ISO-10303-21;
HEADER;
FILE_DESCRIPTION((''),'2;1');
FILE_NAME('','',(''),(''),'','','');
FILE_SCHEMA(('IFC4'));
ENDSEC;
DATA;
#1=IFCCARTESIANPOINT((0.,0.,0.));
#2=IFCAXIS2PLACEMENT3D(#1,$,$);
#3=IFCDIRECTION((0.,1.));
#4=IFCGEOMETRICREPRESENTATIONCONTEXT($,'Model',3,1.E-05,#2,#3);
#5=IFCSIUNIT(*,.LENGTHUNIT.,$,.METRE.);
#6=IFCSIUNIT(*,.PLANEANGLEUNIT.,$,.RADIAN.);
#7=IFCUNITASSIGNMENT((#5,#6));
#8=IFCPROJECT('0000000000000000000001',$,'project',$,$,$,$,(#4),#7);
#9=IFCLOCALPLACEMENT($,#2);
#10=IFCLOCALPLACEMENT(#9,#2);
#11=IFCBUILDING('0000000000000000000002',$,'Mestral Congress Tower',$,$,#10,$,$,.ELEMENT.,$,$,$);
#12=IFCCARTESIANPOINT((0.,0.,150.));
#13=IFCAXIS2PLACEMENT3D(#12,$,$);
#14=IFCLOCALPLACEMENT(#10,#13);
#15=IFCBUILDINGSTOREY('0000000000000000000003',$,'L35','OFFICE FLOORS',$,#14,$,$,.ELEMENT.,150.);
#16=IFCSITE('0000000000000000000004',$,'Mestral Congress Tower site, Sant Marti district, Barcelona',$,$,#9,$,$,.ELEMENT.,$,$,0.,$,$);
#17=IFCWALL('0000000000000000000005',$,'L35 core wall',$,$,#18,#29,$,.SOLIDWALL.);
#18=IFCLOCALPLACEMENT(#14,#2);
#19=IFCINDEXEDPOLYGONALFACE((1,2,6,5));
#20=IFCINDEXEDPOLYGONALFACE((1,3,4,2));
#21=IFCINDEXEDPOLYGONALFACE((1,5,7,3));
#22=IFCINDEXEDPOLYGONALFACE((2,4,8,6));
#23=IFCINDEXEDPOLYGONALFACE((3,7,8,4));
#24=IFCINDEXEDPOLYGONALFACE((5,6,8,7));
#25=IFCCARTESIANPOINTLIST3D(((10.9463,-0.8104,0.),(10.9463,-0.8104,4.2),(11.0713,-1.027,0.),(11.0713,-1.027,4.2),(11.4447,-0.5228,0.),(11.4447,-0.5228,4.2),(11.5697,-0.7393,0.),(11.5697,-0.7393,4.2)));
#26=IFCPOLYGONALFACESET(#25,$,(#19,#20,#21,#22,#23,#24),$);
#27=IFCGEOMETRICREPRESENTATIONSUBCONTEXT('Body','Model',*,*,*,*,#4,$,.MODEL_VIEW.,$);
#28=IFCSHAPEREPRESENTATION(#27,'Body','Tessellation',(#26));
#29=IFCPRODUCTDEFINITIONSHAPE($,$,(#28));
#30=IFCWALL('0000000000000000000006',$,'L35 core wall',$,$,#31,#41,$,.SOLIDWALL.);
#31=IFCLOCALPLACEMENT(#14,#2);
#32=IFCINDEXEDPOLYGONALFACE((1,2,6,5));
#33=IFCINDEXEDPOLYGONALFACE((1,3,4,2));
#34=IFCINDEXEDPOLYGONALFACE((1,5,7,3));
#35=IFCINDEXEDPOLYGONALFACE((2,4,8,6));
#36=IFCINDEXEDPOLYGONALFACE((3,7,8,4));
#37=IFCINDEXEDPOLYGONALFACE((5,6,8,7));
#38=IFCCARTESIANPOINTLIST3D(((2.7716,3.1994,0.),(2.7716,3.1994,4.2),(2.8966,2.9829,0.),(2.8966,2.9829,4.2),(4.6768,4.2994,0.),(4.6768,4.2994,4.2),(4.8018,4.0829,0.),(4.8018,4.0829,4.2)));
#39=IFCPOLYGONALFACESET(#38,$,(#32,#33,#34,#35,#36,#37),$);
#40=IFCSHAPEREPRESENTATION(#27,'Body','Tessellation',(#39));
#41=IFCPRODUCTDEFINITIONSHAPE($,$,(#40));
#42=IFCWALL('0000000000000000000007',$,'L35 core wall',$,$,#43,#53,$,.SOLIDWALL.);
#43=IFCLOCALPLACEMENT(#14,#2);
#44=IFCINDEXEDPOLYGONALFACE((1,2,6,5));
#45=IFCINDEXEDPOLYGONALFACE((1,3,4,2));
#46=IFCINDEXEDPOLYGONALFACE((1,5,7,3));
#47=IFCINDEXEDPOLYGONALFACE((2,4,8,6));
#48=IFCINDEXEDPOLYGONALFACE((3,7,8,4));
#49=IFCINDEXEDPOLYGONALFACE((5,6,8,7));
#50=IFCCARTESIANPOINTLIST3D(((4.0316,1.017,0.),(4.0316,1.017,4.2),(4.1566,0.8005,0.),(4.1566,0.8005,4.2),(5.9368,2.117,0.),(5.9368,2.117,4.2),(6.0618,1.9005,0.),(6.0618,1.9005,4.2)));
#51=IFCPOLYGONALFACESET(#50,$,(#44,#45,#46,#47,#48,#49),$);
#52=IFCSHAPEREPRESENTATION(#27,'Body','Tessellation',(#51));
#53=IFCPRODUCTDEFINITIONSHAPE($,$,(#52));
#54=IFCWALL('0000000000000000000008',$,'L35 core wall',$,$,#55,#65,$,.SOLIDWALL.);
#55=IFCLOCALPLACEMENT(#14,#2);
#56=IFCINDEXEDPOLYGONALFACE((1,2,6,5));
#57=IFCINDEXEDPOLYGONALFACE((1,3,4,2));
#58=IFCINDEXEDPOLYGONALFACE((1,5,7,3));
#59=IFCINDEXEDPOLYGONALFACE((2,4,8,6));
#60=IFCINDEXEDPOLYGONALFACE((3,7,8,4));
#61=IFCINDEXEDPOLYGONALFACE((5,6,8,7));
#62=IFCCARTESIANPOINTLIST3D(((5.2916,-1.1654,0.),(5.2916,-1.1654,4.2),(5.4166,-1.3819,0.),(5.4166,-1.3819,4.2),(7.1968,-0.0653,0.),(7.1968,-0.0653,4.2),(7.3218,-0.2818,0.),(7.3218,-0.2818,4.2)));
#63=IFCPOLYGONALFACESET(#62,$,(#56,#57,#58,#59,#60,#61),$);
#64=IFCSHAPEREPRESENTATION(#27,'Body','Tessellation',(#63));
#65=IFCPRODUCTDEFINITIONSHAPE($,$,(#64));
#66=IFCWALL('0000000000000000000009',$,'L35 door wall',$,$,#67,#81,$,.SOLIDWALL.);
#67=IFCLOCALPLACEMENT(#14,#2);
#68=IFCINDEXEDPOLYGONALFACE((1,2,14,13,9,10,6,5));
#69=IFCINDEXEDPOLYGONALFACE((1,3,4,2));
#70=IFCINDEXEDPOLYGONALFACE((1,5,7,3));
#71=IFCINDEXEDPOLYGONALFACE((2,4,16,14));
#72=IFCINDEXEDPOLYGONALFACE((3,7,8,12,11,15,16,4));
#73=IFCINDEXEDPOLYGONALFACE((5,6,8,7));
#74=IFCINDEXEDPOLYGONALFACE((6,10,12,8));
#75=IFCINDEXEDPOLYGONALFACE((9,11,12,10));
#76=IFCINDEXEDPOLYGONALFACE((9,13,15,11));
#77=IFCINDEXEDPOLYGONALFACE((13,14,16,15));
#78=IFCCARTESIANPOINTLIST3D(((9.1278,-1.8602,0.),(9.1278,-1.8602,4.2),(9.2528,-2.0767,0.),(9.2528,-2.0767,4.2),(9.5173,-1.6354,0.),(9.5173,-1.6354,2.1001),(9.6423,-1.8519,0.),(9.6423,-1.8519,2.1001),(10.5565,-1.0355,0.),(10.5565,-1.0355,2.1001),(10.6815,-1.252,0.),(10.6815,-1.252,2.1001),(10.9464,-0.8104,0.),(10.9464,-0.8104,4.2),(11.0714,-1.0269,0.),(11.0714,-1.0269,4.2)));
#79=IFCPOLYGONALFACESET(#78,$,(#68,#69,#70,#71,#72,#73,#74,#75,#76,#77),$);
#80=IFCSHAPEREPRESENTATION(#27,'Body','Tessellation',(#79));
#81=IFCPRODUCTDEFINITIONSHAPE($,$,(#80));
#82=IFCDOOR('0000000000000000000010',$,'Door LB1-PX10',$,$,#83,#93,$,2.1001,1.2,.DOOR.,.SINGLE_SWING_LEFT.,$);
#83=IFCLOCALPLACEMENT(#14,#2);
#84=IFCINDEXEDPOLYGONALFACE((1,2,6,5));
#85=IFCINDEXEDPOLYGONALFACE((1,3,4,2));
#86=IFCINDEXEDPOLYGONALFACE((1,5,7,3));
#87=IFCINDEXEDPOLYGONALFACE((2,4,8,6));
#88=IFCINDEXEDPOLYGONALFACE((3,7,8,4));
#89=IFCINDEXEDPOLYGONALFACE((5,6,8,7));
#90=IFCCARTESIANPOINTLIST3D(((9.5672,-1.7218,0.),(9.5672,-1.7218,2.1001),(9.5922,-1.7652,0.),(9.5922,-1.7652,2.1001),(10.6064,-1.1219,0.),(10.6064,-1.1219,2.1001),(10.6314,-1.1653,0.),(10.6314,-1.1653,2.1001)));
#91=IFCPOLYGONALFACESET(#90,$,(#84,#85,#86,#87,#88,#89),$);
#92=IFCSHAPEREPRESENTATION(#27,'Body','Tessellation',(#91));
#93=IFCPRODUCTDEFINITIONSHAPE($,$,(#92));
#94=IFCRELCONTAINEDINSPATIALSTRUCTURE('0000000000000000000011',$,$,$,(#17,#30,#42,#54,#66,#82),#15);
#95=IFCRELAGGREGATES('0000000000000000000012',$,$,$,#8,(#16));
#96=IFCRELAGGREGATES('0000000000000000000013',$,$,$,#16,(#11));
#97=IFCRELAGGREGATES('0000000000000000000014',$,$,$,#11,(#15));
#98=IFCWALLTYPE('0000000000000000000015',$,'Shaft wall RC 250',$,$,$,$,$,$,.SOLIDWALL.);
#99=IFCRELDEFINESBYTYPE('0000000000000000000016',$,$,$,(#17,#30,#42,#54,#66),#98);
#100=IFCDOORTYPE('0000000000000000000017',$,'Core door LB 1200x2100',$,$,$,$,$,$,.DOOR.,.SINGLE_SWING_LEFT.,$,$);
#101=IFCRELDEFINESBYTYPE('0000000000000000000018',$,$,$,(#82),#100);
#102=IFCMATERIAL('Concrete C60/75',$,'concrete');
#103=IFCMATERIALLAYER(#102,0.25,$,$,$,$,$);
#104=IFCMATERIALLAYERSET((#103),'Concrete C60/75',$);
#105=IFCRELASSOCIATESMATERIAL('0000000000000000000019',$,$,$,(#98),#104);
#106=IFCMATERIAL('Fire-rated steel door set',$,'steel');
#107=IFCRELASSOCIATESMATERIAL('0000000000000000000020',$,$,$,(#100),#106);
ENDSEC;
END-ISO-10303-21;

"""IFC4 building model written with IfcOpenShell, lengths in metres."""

from ifc_helpers import new_model, si_unit, direction, frame, frame_2d, origin, place, context, subcontext, project, spatial, rectangle, extrude, material, layer, layer_set, type_object, element, fill, save


model = new_model("IFC4")

# Units and contexts
model_context = context("Model", 3, precision=1e-05, world=origin(), true_north=direction((0.0, 1.0)))
body_context = subcontext(model_context, "Body", "Model", "MODEL_VIEW")
ifc_project = project(units=[si_unit("LENGTHUNIT", "METRE"), si_unit("PLANEANGLEUNIT", "RADIAN")], contexts=[model_context])

# Site, building, storey
site_placement = place(None, origin())
site = spatial("IfcSite", under=ifc_project, at=site_placement, Name="Mestral Congress Tower site, Sant Marti district, Barcelona", CompositionType="ELEMENT", RefElevation=0.0)
building_placement = place(site_placement, origin())
building = spatial("IfcBuilding", under=site, at=building_placement, Name="Mestral Congress Tower", CompositionType="ELEMENT")
storey_placement = place(building_placement, frame((0.0, 0.0, 150.0)))
storey = spatial("IfcBuildingStorey", under=building, at=storey_placement, Name="L35", Description="OFFICE FLOORS", CompositionType="ELEMENT", Elevation=150.0)

# Shared definitions
ifc_material_1 = material(Name="Concrete C60/75", Category="concrete")

# Shared definitions
ifc_material_2 = material(Name="Fire-rated steel door set", Category="steel")

# Walls
ifc_layer_1 = layer(ifc_material_1, 0.25)
ifc_layer_set_1 = layer_set([ifc_layer_1], Name="Concrete C60/75")
wall_type_1 = type_object("IfcWallType", Name="Shaft wall RC 250", PredefinedType="SOLIDWALL", material=ifc_layer_set_1)
wall_1_placement = place(storey_placement, frame((11.5071, -0.6311, 0.0), z_axis=(0.0, 0.0, 1.0), x_axis=(-0.866094, -0.499882, 0.0)))
element("IfcWall", 1, at=wall_1_placement, inside=storey, type_object=wall_type_1, Name="L35 core wall", PredefinedType="SOLIDWALL", context=body_context, shape_type="SweptSolid", body=[
    extrude(rectangle(XDim=0.5754, YDim=0.25, at=frame_2d((0.2876, 0.0))), origin(), (0.0, 0.0, 1.0), 4.2),
])
for number, where, z_axis, x_axis, name in (
    (2, (2.834, 3.0911, 0.0), (0.0, 0.0, 1.0), (0.866008, 0.50003, 0.0), "L35 core wall"),
    (3, (4.094, 0.9087, 0.0), (0.0, 0.0, 1.0), (0.866008, 0.50003, 0.0), "L35 core wall"),
    (4, (5.354, -1.2737, 0.0), (0.0, 0.0, 1.0), (0.866008, 0.50003, 0.0), "L35 core wall"),
):
    element("IfcWall", number, at=place(storey_placement, frame(where, z_axis=z_axis, x_axis=x_axis)), inside=storey, type_object=wall_type_1, Name=name, PredefinedType="SOLIDWALL", context=body_context, shape_type="SweptSolid", body=[
        extrude(rectangle(XDim=2.2, YDim=0.25, at=frame_2d((1.1001, 0.0))), origin(), (0.0, 0.0, 1.0), 4.2),
    ])

# Wall, opening, door
wall_2_placement = place(storey_placement, frame((11.0088, -0.9187, 0.0), z_axis=(0.0, 0.0, 1.0), x_axis=(-0.86606, -0.499941, 0.0)))
wall_2 = element("IfcWall", 5, at=wall_2_placement, inside=storey, type_object=wall_type_1, Name="L35 door wall", PredefinedType="SOLIDWALL", context=body_context, shape_type="SweptSolid", body=[
    extrude(rectangle(XDim=2.0999, YDim=0.25, at=frame_2d((1.0498, 0.0))), origin(), (0.0, 0.0, 1.0), 4.2),
])
opening_1_placement = place(wall_2_placement, frame((0.45, 0.0, 0.0)))
opening_1 = element("IfcOpeningElement", 6, at=opening_1_placement, cuts=wall_2, PredefinedType="OPENING", context=body_context, shape_type="SweptSolid", body=[
    extrude(rectangle(XDim=1.2, YDim=2.1001, at=frame_2d((0.6001, 1.05))), frame((0.0, 0.135, 0.0), z_axis=(0.0, -1.0, 0.0), x_axis=(1.0, 0.0, 0.0)), (0.0, 0.0, 1.0), 0.27),
])
door_type_1 = type_object("IfcDoorType", Name="Core door LB 1200x2100", OperationType="SINGLE_SWING_LEFT", PredefinedType="DOOR", material=ifc_material_2)
door_1_placement = place(opening_1_placement, origin())
door_1 = element("IfcDoor", 7, at=door_1_placement, inside=storey, type_object=door_type_1, Name="Door LB1-PX10", OperationType="SINGLE_SWING_LEFT", OverallHeight=2.1001, OverallWidth=1.2, PredefinedType="DOOR", context=body_context, shape_type="SweptSolid", body=[
    extrude(rectangle(XDim=1.2, YDim=2.1001, at=frame_2d((0.6001, 1.05))), frame((0.0, 0.0249, 0.0), z_axis=(0.0, -1.0, 0.0), x_axis=(1.0, 0.0, 0.0)), (0.0, 0.0, 1.0), 0.05),
])
fill(opening_1, door_1)

save(model, "model.ifc")
